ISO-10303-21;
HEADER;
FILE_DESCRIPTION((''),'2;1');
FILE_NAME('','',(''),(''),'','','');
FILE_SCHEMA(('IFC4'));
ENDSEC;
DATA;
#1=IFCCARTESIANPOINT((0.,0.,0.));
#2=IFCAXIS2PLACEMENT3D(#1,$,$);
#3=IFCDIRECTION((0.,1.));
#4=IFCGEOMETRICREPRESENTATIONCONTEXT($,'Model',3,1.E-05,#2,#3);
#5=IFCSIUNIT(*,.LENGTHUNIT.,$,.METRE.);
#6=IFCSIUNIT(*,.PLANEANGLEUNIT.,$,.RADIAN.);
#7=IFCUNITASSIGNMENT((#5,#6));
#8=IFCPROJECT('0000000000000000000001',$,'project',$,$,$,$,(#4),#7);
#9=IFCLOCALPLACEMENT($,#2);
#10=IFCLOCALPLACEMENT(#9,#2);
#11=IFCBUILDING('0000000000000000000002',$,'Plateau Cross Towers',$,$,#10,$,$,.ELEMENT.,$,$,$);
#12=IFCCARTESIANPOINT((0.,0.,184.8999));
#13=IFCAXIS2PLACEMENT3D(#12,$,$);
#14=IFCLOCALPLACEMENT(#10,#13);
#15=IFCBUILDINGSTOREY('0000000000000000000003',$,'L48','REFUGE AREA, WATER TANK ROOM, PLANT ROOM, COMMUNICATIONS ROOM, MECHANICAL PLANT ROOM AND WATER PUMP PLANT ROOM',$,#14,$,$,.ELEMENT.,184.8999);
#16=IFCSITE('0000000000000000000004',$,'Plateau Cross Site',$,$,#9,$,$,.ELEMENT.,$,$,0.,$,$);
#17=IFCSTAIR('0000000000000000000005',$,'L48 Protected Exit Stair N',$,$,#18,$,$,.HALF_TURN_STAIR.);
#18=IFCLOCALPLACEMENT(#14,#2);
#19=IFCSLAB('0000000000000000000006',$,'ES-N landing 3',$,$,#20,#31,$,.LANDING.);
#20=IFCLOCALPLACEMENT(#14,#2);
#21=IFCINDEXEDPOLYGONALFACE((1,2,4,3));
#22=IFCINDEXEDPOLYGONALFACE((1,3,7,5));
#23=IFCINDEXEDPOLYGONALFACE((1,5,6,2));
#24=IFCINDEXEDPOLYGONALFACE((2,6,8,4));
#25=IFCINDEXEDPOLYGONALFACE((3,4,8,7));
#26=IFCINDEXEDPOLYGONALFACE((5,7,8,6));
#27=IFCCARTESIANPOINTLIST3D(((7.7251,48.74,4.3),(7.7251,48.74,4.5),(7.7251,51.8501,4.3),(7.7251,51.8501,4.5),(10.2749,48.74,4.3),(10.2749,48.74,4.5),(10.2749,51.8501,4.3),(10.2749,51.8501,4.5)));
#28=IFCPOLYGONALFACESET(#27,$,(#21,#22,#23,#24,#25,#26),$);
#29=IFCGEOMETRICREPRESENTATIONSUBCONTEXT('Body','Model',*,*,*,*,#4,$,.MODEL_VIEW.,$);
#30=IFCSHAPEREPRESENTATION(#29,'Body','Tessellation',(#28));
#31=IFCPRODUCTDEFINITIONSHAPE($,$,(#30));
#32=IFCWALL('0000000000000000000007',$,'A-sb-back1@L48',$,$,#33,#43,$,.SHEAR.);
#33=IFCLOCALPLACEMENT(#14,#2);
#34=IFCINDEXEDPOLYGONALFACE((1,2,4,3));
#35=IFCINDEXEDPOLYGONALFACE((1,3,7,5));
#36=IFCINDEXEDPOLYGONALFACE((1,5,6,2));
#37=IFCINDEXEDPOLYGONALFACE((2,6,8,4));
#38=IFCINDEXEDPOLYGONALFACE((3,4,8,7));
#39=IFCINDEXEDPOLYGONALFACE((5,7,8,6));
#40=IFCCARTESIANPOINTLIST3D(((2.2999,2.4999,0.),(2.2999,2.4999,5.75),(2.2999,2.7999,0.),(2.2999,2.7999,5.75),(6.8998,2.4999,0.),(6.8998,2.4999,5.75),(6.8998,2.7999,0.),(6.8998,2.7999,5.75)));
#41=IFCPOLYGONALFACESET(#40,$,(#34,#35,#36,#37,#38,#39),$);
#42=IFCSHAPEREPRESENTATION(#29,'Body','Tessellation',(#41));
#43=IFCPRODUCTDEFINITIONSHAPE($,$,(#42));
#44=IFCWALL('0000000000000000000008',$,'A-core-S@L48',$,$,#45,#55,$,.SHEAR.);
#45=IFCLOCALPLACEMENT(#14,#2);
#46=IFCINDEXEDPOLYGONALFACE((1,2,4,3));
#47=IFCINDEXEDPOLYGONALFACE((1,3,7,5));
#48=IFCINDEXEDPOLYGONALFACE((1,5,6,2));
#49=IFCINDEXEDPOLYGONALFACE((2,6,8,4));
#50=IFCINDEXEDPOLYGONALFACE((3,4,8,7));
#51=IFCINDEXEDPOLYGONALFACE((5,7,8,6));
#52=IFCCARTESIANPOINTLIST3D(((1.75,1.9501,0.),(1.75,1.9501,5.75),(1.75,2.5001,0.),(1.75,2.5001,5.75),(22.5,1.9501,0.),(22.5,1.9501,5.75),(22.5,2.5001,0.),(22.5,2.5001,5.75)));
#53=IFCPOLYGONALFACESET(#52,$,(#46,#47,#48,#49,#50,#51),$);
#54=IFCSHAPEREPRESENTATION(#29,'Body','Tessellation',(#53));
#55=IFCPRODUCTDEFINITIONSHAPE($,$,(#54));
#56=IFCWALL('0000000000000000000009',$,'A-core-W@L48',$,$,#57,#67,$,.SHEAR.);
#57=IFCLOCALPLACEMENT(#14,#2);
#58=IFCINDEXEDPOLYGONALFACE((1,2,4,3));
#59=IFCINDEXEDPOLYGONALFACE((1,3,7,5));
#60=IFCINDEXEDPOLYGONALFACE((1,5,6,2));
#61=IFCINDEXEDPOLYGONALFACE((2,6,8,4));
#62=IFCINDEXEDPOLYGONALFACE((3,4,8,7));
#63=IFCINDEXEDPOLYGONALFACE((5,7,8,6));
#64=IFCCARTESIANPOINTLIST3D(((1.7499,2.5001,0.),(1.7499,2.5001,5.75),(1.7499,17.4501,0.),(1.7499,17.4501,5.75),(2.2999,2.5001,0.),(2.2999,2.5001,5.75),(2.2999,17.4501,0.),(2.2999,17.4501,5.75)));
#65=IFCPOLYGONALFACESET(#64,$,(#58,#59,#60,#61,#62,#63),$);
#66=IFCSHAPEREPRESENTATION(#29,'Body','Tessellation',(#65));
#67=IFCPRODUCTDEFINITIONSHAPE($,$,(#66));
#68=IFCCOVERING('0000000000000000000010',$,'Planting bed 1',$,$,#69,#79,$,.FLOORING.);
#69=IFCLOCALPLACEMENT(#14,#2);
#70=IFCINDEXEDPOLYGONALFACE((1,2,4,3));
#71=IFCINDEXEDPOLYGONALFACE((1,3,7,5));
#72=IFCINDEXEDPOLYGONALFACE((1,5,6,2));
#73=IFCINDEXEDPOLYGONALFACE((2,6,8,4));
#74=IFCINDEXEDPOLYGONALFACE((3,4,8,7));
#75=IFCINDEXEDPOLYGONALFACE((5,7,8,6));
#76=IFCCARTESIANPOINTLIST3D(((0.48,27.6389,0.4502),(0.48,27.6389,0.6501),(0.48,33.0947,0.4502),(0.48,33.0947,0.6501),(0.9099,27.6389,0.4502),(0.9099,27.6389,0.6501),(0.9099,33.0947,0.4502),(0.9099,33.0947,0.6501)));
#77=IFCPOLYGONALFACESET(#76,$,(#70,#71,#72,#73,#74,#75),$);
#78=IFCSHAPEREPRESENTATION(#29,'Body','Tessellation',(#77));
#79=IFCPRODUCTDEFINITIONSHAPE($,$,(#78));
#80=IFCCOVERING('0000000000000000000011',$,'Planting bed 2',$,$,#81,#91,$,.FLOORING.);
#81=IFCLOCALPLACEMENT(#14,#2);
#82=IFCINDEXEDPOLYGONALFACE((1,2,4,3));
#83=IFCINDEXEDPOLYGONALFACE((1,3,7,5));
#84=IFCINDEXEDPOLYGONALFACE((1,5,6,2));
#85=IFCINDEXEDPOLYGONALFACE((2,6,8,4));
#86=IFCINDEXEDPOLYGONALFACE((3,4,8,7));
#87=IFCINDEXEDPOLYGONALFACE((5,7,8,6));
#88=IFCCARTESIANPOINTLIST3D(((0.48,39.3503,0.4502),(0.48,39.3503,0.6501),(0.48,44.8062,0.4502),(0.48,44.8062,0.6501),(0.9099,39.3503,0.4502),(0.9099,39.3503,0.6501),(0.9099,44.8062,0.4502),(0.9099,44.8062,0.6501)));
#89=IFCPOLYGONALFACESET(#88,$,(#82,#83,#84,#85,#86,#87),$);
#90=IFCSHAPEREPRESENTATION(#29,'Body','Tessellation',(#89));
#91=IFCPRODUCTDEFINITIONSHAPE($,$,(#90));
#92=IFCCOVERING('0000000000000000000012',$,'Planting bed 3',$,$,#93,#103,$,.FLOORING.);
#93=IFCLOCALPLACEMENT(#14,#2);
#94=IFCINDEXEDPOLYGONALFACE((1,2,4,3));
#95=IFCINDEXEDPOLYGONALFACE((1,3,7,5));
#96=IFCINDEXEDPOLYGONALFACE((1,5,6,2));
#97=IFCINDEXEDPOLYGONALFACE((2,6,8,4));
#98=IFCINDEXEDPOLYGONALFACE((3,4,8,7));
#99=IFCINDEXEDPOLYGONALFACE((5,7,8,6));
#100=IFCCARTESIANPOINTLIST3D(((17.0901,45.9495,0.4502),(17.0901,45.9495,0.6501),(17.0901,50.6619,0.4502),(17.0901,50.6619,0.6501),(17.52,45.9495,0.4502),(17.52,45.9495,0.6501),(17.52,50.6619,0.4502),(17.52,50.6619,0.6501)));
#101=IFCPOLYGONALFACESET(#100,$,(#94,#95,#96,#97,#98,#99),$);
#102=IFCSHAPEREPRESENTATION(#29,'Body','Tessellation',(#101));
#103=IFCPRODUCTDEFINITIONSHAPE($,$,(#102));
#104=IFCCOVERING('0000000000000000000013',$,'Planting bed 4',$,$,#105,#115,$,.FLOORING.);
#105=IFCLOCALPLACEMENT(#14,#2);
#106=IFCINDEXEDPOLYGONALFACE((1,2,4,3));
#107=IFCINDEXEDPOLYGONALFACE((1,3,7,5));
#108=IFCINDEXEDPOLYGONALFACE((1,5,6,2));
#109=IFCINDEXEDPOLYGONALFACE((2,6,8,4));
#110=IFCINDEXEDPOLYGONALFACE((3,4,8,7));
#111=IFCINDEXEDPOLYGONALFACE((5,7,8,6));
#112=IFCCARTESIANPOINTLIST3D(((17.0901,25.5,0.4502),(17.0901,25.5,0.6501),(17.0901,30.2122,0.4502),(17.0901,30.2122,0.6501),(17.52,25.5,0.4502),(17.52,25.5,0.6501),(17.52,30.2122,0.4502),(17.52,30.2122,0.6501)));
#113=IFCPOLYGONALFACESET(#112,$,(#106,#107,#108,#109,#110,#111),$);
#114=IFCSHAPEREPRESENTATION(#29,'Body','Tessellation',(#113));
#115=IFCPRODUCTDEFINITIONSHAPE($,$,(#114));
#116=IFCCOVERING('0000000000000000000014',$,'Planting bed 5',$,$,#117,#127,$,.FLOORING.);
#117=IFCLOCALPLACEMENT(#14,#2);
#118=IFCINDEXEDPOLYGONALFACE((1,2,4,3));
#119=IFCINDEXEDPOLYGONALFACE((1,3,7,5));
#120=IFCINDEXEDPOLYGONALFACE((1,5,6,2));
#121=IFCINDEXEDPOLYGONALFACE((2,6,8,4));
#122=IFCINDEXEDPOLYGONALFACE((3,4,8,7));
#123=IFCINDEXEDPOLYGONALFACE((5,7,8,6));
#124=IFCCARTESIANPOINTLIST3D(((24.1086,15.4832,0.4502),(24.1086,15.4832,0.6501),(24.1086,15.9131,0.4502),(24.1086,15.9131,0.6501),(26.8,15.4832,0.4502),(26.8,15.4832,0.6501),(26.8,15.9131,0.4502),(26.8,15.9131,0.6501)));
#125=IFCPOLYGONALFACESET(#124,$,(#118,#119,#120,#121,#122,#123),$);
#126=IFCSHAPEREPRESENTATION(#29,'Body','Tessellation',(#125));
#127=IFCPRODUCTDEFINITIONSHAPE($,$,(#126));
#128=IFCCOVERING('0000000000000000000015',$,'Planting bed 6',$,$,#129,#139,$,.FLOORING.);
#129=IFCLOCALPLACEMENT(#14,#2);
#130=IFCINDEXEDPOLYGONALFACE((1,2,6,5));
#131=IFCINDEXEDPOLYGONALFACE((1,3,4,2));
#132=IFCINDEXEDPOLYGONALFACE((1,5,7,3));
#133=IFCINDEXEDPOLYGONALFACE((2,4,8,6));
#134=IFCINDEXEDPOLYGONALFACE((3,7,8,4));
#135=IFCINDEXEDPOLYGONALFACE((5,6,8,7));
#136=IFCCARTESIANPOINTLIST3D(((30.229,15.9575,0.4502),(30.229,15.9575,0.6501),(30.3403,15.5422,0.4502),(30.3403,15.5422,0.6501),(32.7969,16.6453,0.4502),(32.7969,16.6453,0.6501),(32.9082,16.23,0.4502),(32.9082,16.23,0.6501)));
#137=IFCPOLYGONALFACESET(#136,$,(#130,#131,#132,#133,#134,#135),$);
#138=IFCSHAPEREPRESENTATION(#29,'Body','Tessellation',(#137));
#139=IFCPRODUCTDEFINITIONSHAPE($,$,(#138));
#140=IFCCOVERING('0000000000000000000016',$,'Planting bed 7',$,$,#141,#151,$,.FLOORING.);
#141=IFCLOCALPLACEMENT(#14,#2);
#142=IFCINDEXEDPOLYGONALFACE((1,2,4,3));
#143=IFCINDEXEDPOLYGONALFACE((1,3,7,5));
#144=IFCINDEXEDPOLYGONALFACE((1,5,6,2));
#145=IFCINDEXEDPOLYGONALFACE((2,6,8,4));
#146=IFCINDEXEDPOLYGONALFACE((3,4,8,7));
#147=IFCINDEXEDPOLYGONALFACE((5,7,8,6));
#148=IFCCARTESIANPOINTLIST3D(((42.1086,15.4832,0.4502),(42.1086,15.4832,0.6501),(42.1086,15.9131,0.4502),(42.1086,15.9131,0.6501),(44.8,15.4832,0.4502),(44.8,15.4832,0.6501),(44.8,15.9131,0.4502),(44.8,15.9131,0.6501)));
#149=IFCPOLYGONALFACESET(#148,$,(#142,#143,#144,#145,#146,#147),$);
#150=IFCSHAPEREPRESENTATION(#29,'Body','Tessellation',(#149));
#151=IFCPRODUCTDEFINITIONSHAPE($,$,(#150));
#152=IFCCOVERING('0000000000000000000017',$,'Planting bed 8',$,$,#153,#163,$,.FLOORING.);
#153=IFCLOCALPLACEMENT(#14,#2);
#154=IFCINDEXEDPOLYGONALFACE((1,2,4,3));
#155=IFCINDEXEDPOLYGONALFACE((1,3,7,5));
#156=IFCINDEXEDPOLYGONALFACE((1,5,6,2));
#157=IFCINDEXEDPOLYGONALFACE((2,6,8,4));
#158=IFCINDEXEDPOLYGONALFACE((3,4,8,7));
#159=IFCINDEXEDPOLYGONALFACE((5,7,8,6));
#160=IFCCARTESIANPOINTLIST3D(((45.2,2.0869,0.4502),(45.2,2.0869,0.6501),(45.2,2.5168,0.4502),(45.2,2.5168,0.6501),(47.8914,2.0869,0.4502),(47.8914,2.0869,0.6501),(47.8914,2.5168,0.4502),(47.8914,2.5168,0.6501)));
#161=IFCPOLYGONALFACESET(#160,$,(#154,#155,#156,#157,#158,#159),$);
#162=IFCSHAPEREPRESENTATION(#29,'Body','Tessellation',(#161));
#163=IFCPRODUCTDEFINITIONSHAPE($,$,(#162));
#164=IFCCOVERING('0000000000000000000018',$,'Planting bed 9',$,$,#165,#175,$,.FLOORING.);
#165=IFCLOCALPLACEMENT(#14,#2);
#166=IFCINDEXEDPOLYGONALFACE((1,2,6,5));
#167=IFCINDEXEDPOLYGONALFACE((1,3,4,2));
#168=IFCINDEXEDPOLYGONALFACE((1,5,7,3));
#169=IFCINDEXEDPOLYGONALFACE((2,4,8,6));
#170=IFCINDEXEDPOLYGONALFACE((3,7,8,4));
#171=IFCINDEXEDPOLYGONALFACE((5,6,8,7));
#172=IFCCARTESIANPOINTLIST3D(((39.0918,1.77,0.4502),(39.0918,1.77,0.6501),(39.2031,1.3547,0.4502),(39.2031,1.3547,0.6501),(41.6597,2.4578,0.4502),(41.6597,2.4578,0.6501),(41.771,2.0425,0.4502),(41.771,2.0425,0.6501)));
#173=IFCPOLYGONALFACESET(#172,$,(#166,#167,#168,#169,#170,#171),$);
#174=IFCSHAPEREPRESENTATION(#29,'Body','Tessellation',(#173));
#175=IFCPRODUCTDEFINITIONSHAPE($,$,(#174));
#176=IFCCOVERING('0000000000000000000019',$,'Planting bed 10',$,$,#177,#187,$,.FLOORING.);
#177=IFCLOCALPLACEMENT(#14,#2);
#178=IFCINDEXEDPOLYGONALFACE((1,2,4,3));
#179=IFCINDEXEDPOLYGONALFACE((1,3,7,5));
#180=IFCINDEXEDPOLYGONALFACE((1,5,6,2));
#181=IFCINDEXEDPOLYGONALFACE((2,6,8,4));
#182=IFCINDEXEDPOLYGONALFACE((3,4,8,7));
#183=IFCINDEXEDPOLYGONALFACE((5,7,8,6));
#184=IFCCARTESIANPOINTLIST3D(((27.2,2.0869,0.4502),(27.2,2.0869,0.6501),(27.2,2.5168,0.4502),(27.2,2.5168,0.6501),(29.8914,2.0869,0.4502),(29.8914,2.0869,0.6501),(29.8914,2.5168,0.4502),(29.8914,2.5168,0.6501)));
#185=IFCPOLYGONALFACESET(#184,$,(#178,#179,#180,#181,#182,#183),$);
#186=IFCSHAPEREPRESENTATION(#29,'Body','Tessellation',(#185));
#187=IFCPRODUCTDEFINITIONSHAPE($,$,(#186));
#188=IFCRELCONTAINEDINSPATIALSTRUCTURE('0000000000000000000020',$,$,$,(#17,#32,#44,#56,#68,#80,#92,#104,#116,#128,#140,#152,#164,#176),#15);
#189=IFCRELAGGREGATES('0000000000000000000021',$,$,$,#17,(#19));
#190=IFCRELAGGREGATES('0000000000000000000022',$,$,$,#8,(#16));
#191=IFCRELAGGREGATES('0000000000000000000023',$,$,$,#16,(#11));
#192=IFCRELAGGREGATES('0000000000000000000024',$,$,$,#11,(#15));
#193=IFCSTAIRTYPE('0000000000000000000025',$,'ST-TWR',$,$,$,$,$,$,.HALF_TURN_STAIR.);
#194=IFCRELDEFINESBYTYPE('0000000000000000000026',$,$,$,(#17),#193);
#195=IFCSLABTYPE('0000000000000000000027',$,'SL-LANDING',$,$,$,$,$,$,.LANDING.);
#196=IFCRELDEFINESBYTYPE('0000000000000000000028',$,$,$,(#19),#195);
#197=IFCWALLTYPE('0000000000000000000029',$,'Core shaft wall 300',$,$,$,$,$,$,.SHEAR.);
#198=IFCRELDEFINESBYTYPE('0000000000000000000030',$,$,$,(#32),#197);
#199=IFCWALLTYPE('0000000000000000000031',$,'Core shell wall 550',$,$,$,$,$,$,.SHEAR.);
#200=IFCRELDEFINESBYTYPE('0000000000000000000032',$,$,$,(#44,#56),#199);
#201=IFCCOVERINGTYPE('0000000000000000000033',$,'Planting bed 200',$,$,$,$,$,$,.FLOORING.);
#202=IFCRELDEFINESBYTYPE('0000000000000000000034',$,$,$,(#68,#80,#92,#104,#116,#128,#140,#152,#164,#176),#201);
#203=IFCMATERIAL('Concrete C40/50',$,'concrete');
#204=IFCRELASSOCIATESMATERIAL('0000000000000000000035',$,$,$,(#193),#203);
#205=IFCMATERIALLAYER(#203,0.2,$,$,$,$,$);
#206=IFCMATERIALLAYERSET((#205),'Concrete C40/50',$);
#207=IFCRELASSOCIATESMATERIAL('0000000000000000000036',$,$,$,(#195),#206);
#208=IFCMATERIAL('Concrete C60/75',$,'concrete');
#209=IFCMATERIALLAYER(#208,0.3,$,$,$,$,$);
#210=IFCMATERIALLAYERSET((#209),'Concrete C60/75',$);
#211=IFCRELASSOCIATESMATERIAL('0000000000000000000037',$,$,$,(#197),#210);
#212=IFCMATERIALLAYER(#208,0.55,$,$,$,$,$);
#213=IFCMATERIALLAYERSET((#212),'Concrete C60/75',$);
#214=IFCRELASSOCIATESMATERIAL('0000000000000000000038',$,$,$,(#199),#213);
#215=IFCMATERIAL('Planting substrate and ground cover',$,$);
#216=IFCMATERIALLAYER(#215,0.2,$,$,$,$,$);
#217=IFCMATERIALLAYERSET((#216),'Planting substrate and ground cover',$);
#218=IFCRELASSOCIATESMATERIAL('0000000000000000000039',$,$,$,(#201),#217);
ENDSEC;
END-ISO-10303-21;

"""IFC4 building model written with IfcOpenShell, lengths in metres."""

from ifc_helpers import new_model, si_unit, direction, frame, frame_2d, origin, place, context, subcontext, project, spatial, polyline, rectangle, outline, extrude, material, layer, layer_set, type_object, element, aggregate, save


model = new_model("IFC4")

# Units and contexts
model_context = context("Model", 3, precision=1e-05, world=origin(), true_north=direction((0.0, 1.0)))
body_context = subcontext(model_context, "Body", "Model", "MODEL_VIEW")
ifc_project = project(units=[si_unit("LENGTHUNIT", "METRE"), si_unit("PLANEANGLEUNIT", "RADIAN")], contexts=[model_context])

# Site, building, storey
site_placement = place(None, origin())
site = spatial("IfcSite", under=ifc_project, at=site_placement, Name="Plateau Cross Site", CompositionType="ELEMENT", RefElevation=0.0)
building_placement = place(site_placement, origin())
building = spatial("IfcBuilding", under=site, at=building_placement, Name="Plateau Cross Towers", CompositionType="ELEMENT")
storey_placement = place(building_placement, frame((0.0, 0.0, 184.8999)))
storey = spatial("IfcBuildingStorey", under=building, at=storey_placement, Name="L48", Description="REFUGE AREA, WATER TANK ROOM, PLANT ROOM, COMMUNICATIONS ROOM, MECHANICAL PLANT ROOM AND WATER PUMP PLANT ROOM", CompositionType="ELEMENT", Elevation=184.8999)

# Shared definitions
ifc_material_1 = material(Name="Concrete C60/75", Category="concrete")

# Shared definitions
ifc_material_2 = material(Name="Concrete C40/50", Category="concrete")

# Stair, slab
stair_type = type_object("IfcStairType", Name="ST-TWR", PredefinedType="HALF_TURN_STAIR", material=ifc_material_2)
ifc_layer_1 = layer(ifc_material_2, 0.2)
ifc_layer_set_1 = layer_set([ifc_layer_1], Name="Concrete C40/50")
slab_type_1 = type_object("IfcSlabType", Name="SL-LANDING", PredefinedType="LANDING", material=ifc_layer_set_1)
stair_1_placement = place(storey_placement, origin())
stair_1 = element("IfcStair", 1, at=stair_1_placement, inside=storey, type_object=stair_type, Name="L48 Protected Exit Stair N", PredefinedType="HALF_TURN_STAIR")
slab_1_placement = place(storey_placement, frame((0.0, 0.0, 4.3)))
slab_1 = element("IfcSlab", 2, at=slab_1_placement, type_object=slab_type_1, Name="ES-N landing 3", PredefinedType="LANDING", context=body_context, shape_type="SweptSolid", body=[
    extrude(outline(polyline([(10.2749, 48.74), (10.2749, 51.8501), (7.7251, 51.8501), (7.7251, 48.74), (10.2749, 48.74)])), origin(), (0.0, 0.0, 1.0), 0.2),
])
aggregate(stair_1, [slab_1])

# Walls
ifc_layer_2 = layer(ifc_material_1, 0.3)
ifc_layer_set_2 = layer_set([ifc_layer_2], Name="Concrete C60/75")
wall_type_1 = type_object("IfcWallType", Name="Core shaft wall 300", PredefinedType="SHEAR", material=ifc_layer_set_2)
wall_1_placement = place(storey_placement, frame((2.3, 2.6499, 0.0), z_axis=(0.0, 0.0, 1.0), x_axis=(1.0, 0.0, 0.0)))
element("IfcWall", 3, at=wall_1_placement, inside=storey, type_object=wall_type_1, Name="A-sb-back1@L48", PredefinedType="SHEAR", context=body_context, shape_type="SweptSolid", body=[
    extrude(rectangle(XDim=4.5999, YDim=0.3, at=frame_2d((2.2998, 0.0))), origin(), (0.0, 0.0, 1.0), 5.75),
])
ifc_layer_3 = layer(ifc_material_1, 0.55)
ifc_layer_set_3 = layer_set([ifc_layer_3], Name="Concrete C60/75")
wall_type_2 = type_object("IfcWallType", Name="Core shell wall 550", PredefinedType="SHEAR", material=ifc_layer_set_3)
wall_2_placement = place(storey_placement, frame((1.75, 2.2251, 0.0), z_axis=(0.0, 0.0, 1.0), x_axis=(1.0, 0.0, 0.0)))
element("IfcWall", 4, at=wall_2_placement, inside=storey, type_object=wall_type_2, Name="A-core-S@L48", PredefinedType="SHEAR", context=body_context, shape_type="SweptSolid", body=[
    extrude(rectangle(XDim=20.75, YDim=0.55, at=frame_2d((10.375, 0.0))), origin(), (0.0, 0.0, 1.0), 5.75),
])
wall_3_placement = place(storey_placement, frame((2.0249, 2.5, 0.0), z_axis=(0.0, 0.0, 1.0), x_axis=(0.0, 1.0, 0.0)))
element("IfcWall", 5, at=wall_3_placement, inside=storey, type_object=wall_type_2, Name="A-core-W@L48", PredefinedType="SHEAR", context=body_context, shape_type="SweptSolid", body=[
    extrude(rectangle(XDim=14.95, YDim=0.55, at=frame_2d((7.4751, 0.0))), origin(), (0.0, 0.0, 1.0), 5.75),
])

# Coverings
ifc_material_3 = material(Name="Planting substrate and ground cover")
ifc_layer_4 = layer(ifc_material_3, 0.2)
ifc_layer_set_4 = layer_set([ifc_layer_4], Name="Planting substrate and ground cover")
covering_type_1 = type_object("IfcCoveringType", Name="Planting bed 200", PredefinedType="FLOORING", material=ifc_layer_set_4)
covering_1_placement = place(storey_placement, frame((0.0, 0.0, 0.4502)))
element("IfcCovering", 6, at=covering_1_placement, inside=storey, type_object=covering_type_1, Name="Planting bed 1", PredefinedType="FLOORING", context=body_context, shape_type="SweptSolid", body=[
    extrude(outline(polyline([(0.48, 33.0947), (0.9099, 33.0947), (0.9099, 27.6389), (0.48, 27.6389), (0.48, 33.0947)])), origin(), (0.0, 0.0, 1.0), 0.2),
])
covering_2_placement = place(storey_placement, frame((0.0, 0.0, 0.4502)))
element("IfcCovering", 7, at=covering_2_placement, inside=storey, type_object=covering_type_1, Name="Planting bed 2", PredefinedType="FLOORING", context=body_context, shape_type="SweptSolid", body=[
    extrude(outline(polyline([(0.48, 44.8062), (0.9099, 44.8062), (0.9099, 39.3503), (0.48, 39.3503), (0.48, 44.8062)])), origin(), (0.0, 0.0, 1.0), 0.2),
])
covering_3_placement = place(storey_placement, frame((0.0, 0.0, 0.4502)))
element("IfcCovering", 8, at=covering_3_placement, inside=storey, type_object=covering_type_1, Name="Planting bed 3", PredefinedType="FLOORING", context=body_context, shape_type="SweptSolid", body=[
    extrude(outline(polyline([(17.52, 45.9495), (17.0901, 45.9495), (17.0901, 50.6619), (17.52, 50.6619), (17.52, 45.9495)])), origin(), (0.0, 0.0, 1.0), 0.2),
])
covering_4_placement = place(storey_placement, frame((0.0, 0.0, 0.4502)))
element("IfcCovering", 9, at=covering_4_placement, inside=storey, type_object=covering_type_1, Name="Planting bed 4", PredefinedType="FLOORING", context=body_context, shape_type="SweptSolid", body=[
    extrude(outline(polyline([(17.52, 25.5), (17.0901, 25.5), (17.0901, 30.2122), (17.52, 30.2122), (17.52, 25.5)])), origin(), (0.0, 0.0, 1.0), 0.2),
])
covering_5_placement = place(storey_placement, frame((0.0, 0.0, 0.4502)))
element("IfcCovering", 10, at=covering_5_placement, inside=storey, type_object=covering_type_1, Name="Planting bed 5", PredefinedType="FLOORING", context=body_context, shape_type="SweptSolid", body=[
    extrude(outline(polyline([(26.8, 15.9131), (26.8, 15.4832), (24.1086, 15.4832), (24.1086, 15.9131), (26.8, 15.9131)])), origin(), (0.0, 0.0, 1.0), 0.2),
])
covering_6_placement = place(storey_placement, frame((0.0, 0.0, 0.4502)))
element("IfcCovering", 11, at=covering_6_placement, inside=storey, type_object=covering_type_1, Name="Planting bed 6", PredefinedType="FLOORING", context=body_context, shape_type="SweptSolid", body=[
    extrude(outline(polyline([(32.7969, 16.6453), (32.9082, 16.23), (30.3403, 15.5422), (30.229, 15.9575), (32.7969, 16.6453)])), origin(), (0.0, 0.0, 1.0), 0.2),
])
covering_7_placement = place(storey_placement, frame((0.0, 0.0, 0.4502)))
element("IfcCovering", 12, at=covering_7_placement, inside=storey, type_object=covering_type_1, Name="Planting bed 7", PredefinedType="FLOORING", context=body_context, shape_type="SweptSolid", body=[
    extrude(outline(polyline([(44.8, 15.9131), (44.8, 15.4832), (42.1086, 15.4832), (42.1086, 15.9131), (44.8, 15.9131)])), origin(), (0.0, 0.0, 1.0), 0.2),
])
covering_8_placement = place(storey_placement, frame((0.0, 0.0, 0.4502)))
element("IfcCovering", 13, at=covering_8_placement, inside=storey, type_object=covering_type_1, Name="Planting bed 8", PredefinedType="FLOORING", context=body_context, shape_type="SweptSolid", body=[
    extrude(outline(polyline([(45.2, 2.0869), (45.2, 2.5168), (47.8914, 2.5168), (47.8914, 2.0869), (45.2, 2.0869)])), origin(), (0.0, 0.0, 1.0), 0.2),
])
covering_9_placement = place(storey_placement, frame((0.0, 0.0, 0.4502)))
element("IfcCovering", 14, at=covering_9_placement, inside=storey, type_object=covering_type_1, Name="Planting bed 9", PredefinedType="FLOORING", context=body_context, shape_type="SweptSolid", body=[
    extrude(outline(polyline([(39.2031, 1.3547), (39.0918, 1.77), (41.6597, 2.4578), (41.771, 2.0425), (39.2031, 1.3547)])), origin(), (0.0, 0.0, 1.0), 0.2),
])
covering_10_placement = place(storey_placement, frame((0.0, 0.0, 0.4502)))
element("IfcCovering", 15, at=covering_10_placement, inside=storey, type_object=covering_type_1, Name="Planting bed 10", PredefinedType="FLOORING", context=body_context, shape_type="SweptSolid", body=[
    extrude(outline(polyline([(27.2, 2.0869), (27.2, 2.5168), (29.8914, 2.5168), (29.8914, 2.0869), (27.2, 2.0869)])), origin(), (0.0, 0.0, 1.0), 0.2),
])

save(model, "model.ifc")
